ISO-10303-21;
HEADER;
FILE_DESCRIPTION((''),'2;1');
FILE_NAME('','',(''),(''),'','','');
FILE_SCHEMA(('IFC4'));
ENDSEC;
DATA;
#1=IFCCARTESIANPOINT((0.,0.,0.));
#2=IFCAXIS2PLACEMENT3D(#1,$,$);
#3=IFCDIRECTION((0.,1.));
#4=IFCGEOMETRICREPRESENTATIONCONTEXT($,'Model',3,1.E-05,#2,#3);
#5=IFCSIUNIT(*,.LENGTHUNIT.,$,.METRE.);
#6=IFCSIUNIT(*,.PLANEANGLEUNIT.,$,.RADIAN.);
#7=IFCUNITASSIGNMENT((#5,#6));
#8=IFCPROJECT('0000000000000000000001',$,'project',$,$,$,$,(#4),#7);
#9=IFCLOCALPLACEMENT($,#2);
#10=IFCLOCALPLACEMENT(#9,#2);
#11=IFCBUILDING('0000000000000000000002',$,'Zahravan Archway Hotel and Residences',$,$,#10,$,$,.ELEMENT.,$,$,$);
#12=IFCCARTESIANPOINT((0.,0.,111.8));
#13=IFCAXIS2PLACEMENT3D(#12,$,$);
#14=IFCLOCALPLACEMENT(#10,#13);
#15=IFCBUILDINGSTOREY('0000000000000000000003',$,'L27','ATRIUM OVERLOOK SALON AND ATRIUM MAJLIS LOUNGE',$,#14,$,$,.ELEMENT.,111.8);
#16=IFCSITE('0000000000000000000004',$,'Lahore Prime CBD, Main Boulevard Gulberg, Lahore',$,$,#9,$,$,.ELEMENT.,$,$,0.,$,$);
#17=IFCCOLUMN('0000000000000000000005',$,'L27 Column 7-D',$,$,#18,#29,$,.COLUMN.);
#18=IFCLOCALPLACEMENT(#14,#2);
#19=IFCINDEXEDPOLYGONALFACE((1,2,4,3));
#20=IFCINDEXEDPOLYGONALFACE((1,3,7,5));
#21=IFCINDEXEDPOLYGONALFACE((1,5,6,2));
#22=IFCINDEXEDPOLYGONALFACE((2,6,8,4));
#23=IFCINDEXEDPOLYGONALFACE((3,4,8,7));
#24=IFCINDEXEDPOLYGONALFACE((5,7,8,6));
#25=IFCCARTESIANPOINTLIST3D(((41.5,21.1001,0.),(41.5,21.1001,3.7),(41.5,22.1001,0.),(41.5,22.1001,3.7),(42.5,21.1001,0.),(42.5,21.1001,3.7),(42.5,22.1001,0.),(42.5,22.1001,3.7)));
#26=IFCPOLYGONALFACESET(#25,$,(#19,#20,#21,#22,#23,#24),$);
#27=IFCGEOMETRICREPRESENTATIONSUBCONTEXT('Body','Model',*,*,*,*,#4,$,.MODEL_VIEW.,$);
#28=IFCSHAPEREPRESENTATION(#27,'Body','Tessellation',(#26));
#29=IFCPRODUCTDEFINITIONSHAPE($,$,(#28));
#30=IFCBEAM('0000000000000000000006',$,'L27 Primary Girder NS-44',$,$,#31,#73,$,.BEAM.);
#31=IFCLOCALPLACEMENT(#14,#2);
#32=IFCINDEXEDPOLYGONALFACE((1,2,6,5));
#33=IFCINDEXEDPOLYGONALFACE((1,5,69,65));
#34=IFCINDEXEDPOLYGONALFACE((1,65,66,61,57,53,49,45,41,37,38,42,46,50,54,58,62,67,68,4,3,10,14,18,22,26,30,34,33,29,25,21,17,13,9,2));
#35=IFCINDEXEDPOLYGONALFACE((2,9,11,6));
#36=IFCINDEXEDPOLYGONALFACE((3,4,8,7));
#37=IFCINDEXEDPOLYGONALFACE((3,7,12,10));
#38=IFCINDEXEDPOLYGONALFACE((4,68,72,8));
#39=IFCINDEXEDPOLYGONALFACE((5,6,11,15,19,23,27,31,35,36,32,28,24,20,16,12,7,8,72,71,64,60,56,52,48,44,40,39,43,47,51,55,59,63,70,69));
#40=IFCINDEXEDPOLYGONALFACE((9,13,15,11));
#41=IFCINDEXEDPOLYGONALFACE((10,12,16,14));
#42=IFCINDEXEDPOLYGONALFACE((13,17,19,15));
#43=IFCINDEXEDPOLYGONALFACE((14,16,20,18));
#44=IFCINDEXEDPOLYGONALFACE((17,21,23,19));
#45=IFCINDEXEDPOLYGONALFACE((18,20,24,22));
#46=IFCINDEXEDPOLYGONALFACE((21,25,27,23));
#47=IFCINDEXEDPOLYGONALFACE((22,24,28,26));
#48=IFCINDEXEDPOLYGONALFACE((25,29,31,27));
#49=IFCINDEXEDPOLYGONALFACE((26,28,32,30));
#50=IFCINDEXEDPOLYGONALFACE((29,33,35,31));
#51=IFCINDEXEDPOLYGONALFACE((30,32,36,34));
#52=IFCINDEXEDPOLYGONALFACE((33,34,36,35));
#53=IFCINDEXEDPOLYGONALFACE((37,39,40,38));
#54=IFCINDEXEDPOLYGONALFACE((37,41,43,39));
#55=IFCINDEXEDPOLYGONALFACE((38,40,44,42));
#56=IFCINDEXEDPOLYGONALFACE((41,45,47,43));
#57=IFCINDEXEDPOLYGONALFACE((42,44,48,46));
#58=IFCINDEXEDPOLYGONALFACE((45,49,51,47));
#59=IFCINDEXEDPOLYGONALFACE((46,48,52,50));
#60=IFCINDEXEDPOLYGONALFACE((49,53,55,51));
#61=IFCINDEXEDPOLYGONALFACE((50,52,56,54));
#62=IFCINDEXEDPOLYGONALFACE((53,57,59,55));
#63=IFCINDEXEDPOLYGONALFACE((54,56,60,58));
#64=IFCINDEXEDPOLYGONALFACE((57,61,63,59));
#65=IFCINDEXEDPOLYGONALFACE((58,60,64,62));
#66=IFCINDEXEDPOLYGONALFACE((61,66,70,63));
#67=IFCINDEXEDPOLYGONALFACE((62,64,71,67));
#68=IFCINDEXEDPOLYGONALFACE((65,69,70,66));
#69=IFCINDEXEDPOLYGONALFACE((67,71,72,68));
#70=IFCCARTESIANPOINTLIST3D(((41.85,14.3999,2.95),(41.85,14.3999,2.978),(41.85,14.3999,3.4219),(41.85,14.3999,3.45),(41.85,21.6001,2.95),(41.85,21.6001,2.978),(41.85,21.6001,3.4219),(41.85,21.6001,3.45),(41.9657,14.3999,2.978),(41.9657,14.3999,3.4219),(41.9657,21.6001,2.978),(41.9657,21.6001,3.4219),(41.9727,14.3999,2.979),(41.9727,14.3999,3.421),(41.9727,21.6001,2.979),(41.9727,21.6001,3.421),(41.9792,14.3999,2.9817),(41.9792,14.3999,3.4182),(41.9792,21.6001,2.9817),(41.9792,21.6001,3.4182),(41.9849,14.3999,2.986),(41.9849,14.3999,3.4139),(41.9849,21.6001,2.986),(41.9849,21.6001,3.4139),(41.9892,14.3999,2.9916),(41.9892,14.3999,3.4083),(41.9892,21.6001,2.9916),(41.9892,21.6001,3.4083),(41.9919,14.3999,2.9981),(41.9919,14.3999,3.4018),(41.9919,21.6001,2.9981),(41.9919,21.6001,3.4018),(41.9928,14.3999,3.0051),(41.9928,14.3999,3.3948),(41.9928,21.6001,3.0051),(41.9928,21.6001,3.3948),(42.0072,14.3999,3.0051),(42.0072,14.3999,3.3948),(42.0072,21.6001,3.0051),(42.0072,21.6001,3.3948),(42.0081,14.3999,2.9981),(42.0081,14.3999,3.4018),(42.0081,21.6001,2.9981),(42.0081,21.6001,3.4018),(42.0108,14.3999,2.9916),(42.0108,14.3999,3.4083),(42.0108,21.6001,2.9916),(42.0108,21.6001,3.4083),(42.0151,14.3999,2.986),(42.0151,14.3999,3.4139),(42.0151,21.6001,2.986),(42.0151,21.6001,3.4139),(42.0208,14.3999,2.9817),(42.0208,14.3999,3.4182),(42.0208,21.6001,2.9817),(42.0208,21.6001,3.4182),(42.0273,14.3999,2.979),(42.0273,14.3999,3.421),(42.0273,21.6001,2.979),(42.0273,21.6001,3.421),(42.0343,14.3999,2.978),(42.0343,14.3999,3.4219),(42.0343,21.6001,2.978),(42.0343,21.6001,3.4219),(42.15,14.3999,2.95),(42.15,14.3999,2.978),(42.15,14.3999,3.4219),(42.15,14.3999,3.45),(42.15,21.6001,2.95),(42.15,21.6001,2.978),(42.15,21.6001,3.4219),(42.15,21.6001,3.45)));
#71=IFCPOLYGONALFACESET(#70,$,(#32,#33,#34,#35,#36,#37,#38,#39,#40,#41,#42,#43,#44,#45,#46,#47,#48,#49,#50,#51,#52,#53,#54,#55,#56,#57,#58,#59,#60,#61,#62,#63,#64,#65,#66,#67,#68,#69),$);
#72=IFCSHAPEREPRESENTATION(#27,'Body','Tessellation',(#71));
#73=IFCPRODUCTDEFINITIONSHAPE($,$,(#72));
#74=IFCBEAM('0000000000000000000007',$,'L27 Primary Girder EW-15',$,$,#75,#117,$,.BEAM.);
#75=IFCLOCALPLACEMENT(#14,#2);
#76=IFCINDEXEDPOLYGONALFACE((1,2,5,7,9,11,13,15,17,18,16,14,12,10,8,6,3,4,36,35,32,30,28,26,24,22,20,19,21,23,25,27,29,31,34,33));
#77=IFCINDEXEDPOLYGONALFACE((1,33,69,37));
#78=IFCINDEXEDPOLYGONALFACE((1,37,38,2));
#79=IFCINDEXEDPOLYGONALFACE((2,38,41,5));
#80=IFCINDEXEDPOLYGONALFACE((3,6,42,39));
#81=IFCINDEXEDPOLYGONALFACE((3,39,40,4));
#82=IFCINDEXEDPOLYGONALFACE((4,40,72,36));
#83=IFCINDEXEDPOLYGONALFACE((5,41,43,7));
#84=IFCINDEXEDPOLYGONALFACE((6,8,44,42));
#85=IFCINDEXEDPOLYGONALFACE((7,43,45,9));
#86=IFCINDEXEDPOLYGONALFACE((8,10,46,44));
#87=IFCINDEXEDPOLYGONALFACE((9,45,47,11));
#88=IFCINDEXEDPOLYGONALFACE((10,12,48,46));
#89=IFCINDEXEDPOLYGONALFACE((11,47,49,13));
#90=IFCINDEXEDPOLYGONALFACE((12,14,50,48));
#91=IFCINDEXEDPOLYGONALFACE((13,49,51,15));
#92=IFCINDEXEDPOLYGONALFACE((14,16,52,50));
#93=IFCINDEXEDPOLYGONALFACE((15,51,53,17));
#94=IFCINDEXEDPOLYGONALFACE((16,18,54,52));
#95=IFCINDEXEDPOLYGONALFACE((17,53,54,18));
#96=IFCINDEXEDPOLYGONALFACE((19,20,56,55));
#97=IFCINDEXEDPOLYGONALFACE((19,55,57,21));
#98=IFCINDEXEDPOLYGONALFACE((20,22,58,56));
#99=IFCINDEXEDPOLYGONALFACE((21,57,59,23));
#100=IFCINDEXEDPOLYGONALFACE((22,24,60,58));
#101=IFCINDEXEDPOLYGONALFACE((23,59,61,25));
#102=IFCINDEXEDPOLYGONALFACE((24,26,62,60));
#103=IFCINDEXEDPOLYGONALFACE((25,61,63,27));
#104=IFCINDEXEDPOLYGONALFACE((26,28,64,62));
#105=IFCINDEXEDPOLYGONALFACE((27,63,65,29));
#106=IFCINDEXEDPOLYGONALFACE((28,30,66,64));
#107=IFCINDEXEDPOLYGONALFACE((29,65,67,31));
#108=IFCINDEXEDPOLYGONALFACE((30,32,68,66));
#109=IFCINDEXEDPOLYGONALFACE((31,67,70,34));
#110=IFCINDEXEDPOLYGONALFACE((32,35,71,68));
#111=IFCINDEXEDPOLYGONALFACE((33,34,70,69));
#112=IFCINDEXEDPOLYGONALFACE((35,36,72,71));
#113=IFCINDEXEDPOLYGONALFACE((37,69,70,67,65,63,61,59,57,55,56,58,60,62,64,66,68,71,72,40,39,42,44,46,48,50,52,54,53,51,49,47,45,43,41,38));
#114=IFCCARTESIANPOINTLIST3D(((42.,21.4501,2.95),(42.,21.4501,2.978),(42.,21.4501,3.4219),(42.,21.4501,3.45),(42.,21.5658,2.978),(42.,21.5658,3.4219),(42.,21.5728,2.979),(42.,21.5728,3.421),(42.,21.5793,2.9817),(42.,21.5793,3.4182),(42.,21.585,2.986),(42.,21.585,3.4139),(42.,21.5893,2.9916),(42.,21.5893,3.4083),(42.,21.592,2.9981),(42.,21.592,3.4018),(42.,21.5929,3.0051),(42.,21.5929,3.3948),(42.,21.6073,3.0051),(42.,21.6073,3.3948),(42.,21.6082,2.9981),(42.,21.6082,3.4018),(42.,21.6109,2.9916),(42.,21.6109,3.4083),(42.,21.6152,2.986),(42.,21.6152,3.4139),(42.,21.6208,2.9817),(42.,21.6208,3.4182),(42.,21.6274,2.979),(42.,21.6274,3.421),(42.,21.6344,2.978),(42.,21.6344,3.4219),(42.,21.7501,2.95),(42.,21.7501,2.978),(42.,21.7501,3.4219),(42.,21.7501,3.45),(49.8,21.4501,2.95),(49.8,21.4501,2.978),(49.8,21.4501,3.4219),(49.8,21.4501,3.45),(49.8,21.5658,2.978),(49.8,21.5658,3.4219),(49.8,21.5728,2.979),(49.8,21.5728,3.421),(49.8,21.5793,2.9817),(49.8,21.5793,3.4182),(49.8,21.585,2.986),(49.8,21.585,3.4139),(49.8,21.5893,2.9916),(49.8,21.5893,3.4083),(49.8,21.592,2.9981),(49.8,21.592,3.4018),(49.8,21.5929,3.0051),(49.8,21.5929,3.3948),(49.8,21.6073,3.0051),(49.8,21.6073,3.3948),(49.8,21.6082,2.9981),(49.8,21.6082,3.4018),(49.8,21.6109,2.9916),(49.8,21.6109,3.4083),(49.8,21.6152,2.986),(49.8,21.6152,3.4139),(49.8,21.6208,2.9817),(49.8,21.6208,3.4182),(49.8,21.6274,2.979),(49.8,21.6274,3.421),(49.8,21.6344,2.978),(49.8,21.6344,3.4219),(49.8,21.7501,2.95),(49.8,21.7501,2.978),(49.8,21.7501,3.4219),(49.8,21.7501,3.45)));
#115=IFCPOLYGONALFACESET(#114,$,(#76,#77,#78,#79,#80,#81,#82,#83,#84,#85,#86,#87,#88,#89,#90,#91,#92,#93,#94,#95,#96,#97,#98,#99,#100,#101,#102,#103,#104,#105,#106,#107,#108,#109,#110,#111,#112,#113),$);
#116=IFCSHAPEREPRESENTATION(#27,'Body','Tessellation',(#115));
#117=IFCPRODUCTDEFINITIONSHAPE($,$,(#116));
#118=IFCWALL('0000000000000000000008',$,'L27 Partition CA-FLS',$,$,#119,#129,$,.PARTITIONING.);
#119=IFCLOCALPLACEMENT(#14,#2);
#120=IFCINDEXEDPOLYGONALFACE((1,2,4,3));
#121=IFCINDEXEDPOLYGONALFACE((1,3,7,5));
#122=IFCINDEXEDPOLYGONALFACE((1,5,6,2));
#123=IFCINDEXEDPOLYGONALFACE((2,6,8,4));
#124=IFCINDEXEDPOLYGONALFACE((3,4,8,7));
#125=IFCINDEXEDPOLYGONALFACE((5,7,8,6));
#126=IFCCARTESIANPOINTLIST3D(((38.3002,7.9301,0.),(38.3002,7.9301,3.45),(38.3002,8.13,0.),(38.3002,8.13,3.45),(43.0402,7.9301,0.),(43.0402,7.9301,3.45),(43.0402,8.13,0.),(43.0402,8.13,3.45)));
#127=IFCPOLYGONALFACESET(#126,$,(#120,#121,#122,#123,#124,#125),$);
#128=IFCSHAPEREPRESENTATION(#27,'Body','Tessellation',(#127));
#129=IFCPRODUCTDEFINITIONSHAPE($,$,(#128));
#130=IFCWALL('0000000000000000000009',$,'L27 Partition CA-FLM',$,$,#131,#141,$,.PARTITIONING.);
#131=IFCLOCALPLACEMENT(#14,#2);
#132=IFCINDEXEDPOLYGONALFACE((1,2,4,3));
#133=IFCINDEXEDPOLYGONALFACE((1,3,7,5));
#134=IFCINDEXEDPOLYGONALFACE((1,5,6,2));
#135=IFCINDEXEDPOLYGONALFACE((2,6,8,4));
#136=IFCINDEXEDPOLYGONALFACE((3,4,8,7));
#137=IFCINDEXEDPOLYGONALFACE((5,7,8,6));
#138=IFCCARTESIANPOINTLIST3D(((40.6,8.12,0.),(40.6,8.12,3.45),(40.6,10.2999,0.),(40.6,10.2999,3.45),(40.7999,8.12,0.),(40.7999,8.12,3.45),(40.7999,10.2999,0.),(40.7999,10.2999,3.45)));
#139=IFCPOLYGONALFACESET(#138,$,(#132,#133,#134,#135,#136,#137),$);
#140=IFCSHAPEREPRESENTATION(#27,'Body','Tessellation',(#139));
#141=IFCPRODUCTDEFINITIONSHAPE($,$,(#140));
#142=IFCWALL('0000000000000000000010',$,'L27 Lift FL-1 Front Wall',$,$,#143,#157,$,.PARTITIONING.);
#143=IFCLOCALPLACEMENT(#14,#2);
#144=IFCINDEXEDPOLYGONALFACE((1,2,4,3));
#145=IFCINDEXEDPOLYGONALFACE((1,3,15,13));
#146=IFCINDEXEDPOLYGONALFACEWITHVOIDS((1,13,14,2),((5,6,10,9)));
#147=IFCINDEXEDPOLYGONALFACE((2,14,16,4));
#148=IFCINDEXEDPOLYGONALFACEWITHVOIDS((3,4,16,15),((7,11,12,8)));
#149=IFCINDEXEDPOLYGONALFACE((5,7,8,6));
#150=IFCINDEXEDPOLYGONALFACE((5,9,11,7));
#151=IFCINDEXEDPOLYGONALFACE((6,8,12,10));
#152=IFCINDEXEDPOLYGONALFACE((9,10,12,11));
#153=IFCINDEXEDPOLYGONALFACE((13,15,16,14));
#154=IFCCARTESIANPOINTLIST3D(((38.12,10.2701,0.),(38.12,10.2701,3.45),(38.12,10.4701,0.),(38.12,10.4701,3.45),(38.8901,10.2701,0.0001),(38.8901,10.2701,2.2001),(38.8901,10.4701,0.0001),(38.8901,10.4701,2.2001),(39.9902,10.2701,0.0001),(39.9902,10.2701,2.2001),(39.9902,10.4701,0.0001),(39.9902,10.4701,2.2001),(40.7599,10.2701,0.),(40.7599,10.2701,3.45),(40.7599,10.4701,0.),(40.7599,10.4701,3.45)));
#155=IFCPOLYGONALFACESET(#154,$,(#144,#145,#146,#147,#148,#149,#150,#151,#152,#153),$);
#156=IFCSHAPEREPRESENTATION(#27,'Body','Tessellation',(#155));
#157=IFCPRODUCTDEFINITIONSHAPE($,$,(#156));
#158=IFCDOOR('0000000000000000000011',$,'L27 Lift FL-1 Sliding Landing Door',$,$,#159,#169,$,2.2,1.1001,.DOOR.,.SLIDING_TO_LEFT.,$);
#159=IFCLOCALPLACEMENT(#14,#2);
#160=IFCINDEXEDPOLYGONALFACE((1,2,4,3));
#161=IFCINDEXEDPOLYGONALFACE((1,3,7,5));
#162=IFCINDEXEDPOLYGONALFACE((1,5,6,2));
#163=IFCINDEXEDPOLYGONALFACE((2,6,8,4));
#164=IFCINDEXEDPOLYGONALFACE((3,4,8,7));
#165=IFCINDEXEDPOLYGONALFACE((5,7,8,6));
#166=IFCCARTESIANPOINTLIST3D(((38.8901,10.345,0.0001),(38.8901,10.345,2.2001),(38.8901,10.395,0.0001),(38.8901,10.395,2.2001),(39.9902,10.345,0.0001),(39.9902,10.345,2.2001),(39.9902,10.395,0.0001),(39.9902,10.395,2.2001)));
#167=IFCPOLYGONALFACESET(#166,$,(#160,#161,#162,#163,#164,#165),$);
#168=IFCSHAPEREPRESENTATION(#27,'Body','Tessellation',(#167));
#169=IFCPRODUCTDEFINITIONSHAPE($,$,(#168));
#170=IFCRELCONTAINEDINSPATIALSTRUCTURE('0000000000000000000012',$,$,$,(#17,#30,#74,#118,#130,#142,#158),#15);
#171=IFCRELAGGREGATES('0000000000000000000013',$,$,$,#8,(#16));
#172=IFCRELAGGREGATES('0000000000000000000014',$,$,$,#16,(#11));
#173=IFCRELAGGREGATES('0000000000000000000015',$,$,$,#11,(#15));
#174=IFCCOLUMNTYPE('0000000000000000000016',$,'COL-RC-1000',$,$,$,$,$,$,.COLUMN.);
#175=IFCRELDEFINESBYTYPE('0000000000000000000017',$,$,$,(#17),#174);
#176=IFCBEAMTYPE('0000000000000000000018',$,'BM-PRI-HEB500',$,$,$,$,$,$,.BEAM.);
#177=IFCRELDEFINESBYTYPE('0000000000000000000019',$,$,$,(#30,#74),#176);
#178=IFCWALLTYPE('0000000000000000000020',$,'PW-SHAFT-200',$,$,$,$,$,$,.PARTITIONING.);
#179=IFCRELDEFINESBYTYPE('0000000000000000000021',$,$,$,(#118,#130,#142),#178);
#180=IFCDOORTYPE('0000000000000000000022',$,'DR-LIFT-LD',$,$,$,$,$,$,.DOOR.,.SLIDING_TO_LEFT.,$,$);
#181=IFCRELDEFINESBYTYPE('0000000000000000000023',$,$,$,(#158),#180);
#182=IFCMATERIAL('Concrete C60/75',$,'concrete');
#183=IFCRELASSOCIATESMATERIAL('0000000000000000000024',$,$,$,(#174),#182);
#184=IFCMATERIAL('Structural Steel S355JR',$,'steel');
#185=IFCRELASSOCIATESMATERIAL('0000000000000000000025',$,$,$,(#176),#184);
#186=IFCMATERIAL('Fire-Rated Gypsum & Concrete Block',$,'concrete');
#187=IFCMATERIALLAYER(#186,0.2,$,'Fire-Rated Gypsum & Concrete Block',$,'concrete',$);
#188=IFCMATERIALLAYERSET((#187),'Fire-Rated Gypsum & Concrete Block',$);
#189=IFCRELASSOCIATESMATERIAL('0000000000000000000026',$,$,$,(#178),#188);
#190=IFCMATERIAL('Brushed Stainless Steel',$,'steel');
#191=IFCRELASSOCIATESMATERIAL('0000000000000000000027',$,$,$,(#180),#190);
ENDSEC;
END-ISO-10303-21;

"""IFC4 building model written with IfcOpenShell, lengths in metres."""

from ifc_helpers import new_model, si_unit, direction, frame, frame_2d, origin, origin_2d, place, context, subcontext, project, spatial, rectangle, i_section, extrude, source, transform, mapped, material, layer, layer_set, material_profile, profile_set, type_object, type_shapes, element, fill, save


model = new_model("IFC4")

# Units and contexts
model_context = context("Model", 3, precision=1e-05, world=origin(), true_north=direction((0.0, 1.0)))
body_context = subcontext(model_context, "Body", "Model", "MODEL_VIEW")
ifc_project = project(units=[si_unit("LENGTHUNIT", "METRE"), si_unit("PLANEANGLEUNIT", "RADIAN")], contexts=[model_context])

# Site, building, storey
site_placement = place(None, origin())
site = spatial("IfcSite", under=ifc_project, at=site_placement, Name="Lahore Prime CBD, Main Boulevard Gulberg, Lahore", CompositionType="ELEMENT", RefElevation=0.0)
building_placement = place(site_placement, origin())
building = spatial("IfcBuilding", under=site, at=building_placement, Name="Zahravan Archway Hotel and Residences", CompositionType="ELEMENT")
storey_placement = place(building_placement, frame((0.0, 0.0, 111.8)))
storey = spatial("IfcBuildingStorey", under=building, at=storey_placement, Name="L27", Description="ATRIUM OVERLOOK SALON AND ATRIUM MAJLIS LOUNGE", CompositionType="ELEMENT", Elevation=111.8)

# Column
ifc_material_1 = material(Name="Concrete C60/75", Category="concrete")
ifc_material_profile_1 = material_profile(ifc_material_1, rectangle(XDim=1.0, YDim=1.0, at=origin_2d()), Name="RC-COL-1000x1000", Category="concrete")
ifc_profile_set_1 = profile_set([ifc_material_profile_1], Name="Concrete C60/75")
column_type = type_object("IfcColumnType", Name="COL-RC-1000", PredefinedType="COLUMN", material=ifc_profile_set_1)
shared_shape_1 = source(origin(), body_context, "Body", "SweptSolid", [
    extrude(rectangle(XDim=1.0, YDim=1.0, at=origin_2d()), origin(), (0.0, 0.0, 1.0), 3.7),
])
type_shapes(column_type, [shared_shape_1])
column_placement = place(storey_placement, frame((42.0, 21.6001, 0.0), z_axis=(0.0, 0.0, 1.0), x_axis=(1.0, 0.0, 0.0)))
element("IfcColumn", 1, at=column_placement, inside=storey, type_object=column_type, Name="L27 Column 7-D", PredefinedType="COLUMN", context=body_context, shape_type="MappedRepresentation", body=[
    mapped(shared_shape_1, transform((0.0, 0.0, 0.0), scale=1.0)),
])

# Beams
ifc_material_2 = material(Name="Structural Steel S355JR", Category="steel")
ifc_material_profile_2 = material_profile(ifc_material_2, i_section(OverallWidth=0.3, OverallDepth=0.5, WebThickness=0.0144, FlangeThickness=0.0281, FilletRadius=0.0271, at=origin_2d()), Name="HEB 500", Category="steel")
ifc_profile_set_2 = profile_set([ifc_material_profile_2], Name="Structural Steel S355JR")
beam_type = type_object("IfcBeamType", Name="BM-PRI-HEB500", PredefinedType="BEAM", material=ifc_profile_set_2)
shared_shape_2 = source(origin(), body_context, "Body", "SweptSolid", [
    extrude(i_section(OverallWidth=0.3, OverallDepth=0.5, WebThickness=0.0144, FlangeThickness=0.0281, FilletRadius=0.0271, at=origin_2d()), origin(), (0.0, 0.0, 1.0), 7.2002),
])
type_shapes(beam_type, [shared_shape_2])
beam_1_placement = place(storey_placement, frame((42.0, 14.3999, 3.2), z_axis=(0.0, 1.0, 0.0), x_axis=(-1.0, 0.0, 0.0)))
element("IfcBeam", 2, at=beam_1_placement, inside=storey, type_object=beam_type, Name="L27 Primary Girder NS-44", PredefinedType="BEAM", context=body_context, shape_type="MappedRepresentation", body=[
    mapped(shared_shape_2, transform((0.0, 0.0, 0.0), scale=1.0)),
])
shared_shape_3 = source(origin(), body_context, "Body", "SweptSolid", [
    extrude(i_section(OverallWidth=0.3, OverallDepth=0.5, WebThickness=0.0144, FlangeThickness=0.0281, FilletRadius=0.0271, at=origin_2d()), origin(), (0.0, 0.0, 1.0), 7.8),
])
beam_2_placement = place(storey_placement, frame((42.0, 21.6001, 3.2), z_axis=(1.0, 0.0, 0.0), x_axis=(0.0, 1.0, 0.0)))
element("IfcBeam", 3, at=beam_2_placement, inside=storey, type_object=beam_type, Name="L27 Primary Girder EW-15", PredefinedType="BEAM", context=body_context, shape_type="MappedRepresentation", body=[
    mapped(shared_shape_3, transform((0.0, 0.0, 0.0), scale=1.0)),
])

# Shared definitions
ifc_material_3 = material(Name="Fire-Rated Gypsum & Concrete Block", Category="concrete")

# Walls
ifc_layer_1 = layer(ifc_material_3, 0.2, Name="Fire-Rated Gypsum & Concrete Block", Category="concrete")
ifc_layer_set_1 = layer_set([ifc_layer_1], Name="Fire-Rated Gypsum & Concrete Block")
wall_type_1 = type_object("IfcWallType", Name="PW-SHAFT-200", PredefinedType="PARTITIONING", material=ifc_layer_set_1)
wall_1_placement = place(storey_placement, frame((38.3, 8.03, 0.0), z_axis=(0.0, 0.0, 1.0), x_axis=(1.0, 0.0, 0.0)))
element("IfcWall", 4, at=wall_1_placement, inside=storey, type_object=wall_type_1, Name="L27 Partition CA-FLS", PredefinedType="PARTITIONING", context=body_context, shape_type="SweptSolid", body=[
    extrude(rectangle(XDim=4.74, YDim=0.2, at=frame_2d((2.3701, 0.0))), origin(), (0.0, 0.0, 1.0), 3.45),
])
wall_2_placement = place(storey_placement, frame((40.7, 8.1201, 0.0), z_axis=(0.0, 0.0, 1.0), x_axis=(0.0, 1.0, 0.0)))
element("IfcWall", 5, at=wall_2_placement, inside=storey, type_object=wall_type_1, Name="L27 Partition CA-FLM", PredefinedType="PARTITIONING", context=body_context, shape_type="SweptSolid", body=[
    extrude(rectangle(XDim=2.1799, YDim=0.2, at=frame_2d((1.0898, 0.0))), origin(), (0.0, 0.0, 1.0), 3.45),
])

# Wall, opening, door
wall_3_placement = place(storey_placement, frame((38.1201, 10.3701, 0.0), z_axis=(0.0, 0.0, 1.0), x_axis=(1.0, 0.0, 0.0)))
wall_3 = element("IfcWall", 6, at=wall_3_placement, inside=storey, type_object=wall_type_1, Name="L27 Lift FL-1 Front Wall", PredefinedType="PARTITIONING", context=body_context, shape_type="SweptSolid", body=[
    extrude(rectangle(XDim=2.6399, YDim=0.2, at=frame_2d((1.3198, 0.0))), origin(), (0.0, 0.0, 1.0), 3.45),
])
opening_1_placement = place(wall_3_placement, frame((0.77, 0.0, 0.0)))
opening_1 = element("IfcOpeningElement", 7, at=opening_1_placement, cuts=wall_3, PredefinedType="OPENING", context=body_context, shape_type="SweptSolid", body=[
    extrude(rectangle(XDim=1.1001, YDim=2.2, at=frame_2d((0.55, 1.1001))), frame((0.0, 0.1099, 0.0), z_axis=(0.0, -1.0, 0.0), x_axis=(1.0, 0.0, 0.0)), (0.0, 0.0, 1.0), 0.22),
])
ifc_material_4 = material(Name="Brushed Stainless Steel", Category="steel")
door_type_1 = type_object("IfcDoorType", Name="DR-LIFT-LD", OperationType="SLIDING_TO_LEFT", PredefinedType="DOOR", material=ifc_material_4)
shared_shape_4 = source(origin(), body_context, "Body", "SweptSolid", [
    extrude(rectangle(XDim=1.1001, YDim=2.2, at=frame_2d((0.55, 1.1001))), frame((0.0, 0.0249, 0.0), z_axis=(0.0, -1.0, 0.0), x_axis=(1.0, 0.0, 0.0)), (0.0, 0.0, 1.0), 0.05),
])
type_shapes(door_type_1, [shared_shape_4])
door_1_placement = place(opening_1_placement, origin())
door_1 = element("IfcDoor", 8, at=door_1_placement, inside=storey, type_object=door_type_1, Name="L27 Lift FL-1 Sliding Landing Door", OperationType="SLIDING_TO_LEFT", OverallHeight=2.2, OverallWidth=1.1001, PredefinedType="DOOR", context=body_context, shape_type="MappedRepresentation", body=[
    mapped(shared_shape_4, transform((0.0, 0.0, 0.0), scale=1.0)),
])
fill(opening_1, door_1)

save(model, "model.ifc")
